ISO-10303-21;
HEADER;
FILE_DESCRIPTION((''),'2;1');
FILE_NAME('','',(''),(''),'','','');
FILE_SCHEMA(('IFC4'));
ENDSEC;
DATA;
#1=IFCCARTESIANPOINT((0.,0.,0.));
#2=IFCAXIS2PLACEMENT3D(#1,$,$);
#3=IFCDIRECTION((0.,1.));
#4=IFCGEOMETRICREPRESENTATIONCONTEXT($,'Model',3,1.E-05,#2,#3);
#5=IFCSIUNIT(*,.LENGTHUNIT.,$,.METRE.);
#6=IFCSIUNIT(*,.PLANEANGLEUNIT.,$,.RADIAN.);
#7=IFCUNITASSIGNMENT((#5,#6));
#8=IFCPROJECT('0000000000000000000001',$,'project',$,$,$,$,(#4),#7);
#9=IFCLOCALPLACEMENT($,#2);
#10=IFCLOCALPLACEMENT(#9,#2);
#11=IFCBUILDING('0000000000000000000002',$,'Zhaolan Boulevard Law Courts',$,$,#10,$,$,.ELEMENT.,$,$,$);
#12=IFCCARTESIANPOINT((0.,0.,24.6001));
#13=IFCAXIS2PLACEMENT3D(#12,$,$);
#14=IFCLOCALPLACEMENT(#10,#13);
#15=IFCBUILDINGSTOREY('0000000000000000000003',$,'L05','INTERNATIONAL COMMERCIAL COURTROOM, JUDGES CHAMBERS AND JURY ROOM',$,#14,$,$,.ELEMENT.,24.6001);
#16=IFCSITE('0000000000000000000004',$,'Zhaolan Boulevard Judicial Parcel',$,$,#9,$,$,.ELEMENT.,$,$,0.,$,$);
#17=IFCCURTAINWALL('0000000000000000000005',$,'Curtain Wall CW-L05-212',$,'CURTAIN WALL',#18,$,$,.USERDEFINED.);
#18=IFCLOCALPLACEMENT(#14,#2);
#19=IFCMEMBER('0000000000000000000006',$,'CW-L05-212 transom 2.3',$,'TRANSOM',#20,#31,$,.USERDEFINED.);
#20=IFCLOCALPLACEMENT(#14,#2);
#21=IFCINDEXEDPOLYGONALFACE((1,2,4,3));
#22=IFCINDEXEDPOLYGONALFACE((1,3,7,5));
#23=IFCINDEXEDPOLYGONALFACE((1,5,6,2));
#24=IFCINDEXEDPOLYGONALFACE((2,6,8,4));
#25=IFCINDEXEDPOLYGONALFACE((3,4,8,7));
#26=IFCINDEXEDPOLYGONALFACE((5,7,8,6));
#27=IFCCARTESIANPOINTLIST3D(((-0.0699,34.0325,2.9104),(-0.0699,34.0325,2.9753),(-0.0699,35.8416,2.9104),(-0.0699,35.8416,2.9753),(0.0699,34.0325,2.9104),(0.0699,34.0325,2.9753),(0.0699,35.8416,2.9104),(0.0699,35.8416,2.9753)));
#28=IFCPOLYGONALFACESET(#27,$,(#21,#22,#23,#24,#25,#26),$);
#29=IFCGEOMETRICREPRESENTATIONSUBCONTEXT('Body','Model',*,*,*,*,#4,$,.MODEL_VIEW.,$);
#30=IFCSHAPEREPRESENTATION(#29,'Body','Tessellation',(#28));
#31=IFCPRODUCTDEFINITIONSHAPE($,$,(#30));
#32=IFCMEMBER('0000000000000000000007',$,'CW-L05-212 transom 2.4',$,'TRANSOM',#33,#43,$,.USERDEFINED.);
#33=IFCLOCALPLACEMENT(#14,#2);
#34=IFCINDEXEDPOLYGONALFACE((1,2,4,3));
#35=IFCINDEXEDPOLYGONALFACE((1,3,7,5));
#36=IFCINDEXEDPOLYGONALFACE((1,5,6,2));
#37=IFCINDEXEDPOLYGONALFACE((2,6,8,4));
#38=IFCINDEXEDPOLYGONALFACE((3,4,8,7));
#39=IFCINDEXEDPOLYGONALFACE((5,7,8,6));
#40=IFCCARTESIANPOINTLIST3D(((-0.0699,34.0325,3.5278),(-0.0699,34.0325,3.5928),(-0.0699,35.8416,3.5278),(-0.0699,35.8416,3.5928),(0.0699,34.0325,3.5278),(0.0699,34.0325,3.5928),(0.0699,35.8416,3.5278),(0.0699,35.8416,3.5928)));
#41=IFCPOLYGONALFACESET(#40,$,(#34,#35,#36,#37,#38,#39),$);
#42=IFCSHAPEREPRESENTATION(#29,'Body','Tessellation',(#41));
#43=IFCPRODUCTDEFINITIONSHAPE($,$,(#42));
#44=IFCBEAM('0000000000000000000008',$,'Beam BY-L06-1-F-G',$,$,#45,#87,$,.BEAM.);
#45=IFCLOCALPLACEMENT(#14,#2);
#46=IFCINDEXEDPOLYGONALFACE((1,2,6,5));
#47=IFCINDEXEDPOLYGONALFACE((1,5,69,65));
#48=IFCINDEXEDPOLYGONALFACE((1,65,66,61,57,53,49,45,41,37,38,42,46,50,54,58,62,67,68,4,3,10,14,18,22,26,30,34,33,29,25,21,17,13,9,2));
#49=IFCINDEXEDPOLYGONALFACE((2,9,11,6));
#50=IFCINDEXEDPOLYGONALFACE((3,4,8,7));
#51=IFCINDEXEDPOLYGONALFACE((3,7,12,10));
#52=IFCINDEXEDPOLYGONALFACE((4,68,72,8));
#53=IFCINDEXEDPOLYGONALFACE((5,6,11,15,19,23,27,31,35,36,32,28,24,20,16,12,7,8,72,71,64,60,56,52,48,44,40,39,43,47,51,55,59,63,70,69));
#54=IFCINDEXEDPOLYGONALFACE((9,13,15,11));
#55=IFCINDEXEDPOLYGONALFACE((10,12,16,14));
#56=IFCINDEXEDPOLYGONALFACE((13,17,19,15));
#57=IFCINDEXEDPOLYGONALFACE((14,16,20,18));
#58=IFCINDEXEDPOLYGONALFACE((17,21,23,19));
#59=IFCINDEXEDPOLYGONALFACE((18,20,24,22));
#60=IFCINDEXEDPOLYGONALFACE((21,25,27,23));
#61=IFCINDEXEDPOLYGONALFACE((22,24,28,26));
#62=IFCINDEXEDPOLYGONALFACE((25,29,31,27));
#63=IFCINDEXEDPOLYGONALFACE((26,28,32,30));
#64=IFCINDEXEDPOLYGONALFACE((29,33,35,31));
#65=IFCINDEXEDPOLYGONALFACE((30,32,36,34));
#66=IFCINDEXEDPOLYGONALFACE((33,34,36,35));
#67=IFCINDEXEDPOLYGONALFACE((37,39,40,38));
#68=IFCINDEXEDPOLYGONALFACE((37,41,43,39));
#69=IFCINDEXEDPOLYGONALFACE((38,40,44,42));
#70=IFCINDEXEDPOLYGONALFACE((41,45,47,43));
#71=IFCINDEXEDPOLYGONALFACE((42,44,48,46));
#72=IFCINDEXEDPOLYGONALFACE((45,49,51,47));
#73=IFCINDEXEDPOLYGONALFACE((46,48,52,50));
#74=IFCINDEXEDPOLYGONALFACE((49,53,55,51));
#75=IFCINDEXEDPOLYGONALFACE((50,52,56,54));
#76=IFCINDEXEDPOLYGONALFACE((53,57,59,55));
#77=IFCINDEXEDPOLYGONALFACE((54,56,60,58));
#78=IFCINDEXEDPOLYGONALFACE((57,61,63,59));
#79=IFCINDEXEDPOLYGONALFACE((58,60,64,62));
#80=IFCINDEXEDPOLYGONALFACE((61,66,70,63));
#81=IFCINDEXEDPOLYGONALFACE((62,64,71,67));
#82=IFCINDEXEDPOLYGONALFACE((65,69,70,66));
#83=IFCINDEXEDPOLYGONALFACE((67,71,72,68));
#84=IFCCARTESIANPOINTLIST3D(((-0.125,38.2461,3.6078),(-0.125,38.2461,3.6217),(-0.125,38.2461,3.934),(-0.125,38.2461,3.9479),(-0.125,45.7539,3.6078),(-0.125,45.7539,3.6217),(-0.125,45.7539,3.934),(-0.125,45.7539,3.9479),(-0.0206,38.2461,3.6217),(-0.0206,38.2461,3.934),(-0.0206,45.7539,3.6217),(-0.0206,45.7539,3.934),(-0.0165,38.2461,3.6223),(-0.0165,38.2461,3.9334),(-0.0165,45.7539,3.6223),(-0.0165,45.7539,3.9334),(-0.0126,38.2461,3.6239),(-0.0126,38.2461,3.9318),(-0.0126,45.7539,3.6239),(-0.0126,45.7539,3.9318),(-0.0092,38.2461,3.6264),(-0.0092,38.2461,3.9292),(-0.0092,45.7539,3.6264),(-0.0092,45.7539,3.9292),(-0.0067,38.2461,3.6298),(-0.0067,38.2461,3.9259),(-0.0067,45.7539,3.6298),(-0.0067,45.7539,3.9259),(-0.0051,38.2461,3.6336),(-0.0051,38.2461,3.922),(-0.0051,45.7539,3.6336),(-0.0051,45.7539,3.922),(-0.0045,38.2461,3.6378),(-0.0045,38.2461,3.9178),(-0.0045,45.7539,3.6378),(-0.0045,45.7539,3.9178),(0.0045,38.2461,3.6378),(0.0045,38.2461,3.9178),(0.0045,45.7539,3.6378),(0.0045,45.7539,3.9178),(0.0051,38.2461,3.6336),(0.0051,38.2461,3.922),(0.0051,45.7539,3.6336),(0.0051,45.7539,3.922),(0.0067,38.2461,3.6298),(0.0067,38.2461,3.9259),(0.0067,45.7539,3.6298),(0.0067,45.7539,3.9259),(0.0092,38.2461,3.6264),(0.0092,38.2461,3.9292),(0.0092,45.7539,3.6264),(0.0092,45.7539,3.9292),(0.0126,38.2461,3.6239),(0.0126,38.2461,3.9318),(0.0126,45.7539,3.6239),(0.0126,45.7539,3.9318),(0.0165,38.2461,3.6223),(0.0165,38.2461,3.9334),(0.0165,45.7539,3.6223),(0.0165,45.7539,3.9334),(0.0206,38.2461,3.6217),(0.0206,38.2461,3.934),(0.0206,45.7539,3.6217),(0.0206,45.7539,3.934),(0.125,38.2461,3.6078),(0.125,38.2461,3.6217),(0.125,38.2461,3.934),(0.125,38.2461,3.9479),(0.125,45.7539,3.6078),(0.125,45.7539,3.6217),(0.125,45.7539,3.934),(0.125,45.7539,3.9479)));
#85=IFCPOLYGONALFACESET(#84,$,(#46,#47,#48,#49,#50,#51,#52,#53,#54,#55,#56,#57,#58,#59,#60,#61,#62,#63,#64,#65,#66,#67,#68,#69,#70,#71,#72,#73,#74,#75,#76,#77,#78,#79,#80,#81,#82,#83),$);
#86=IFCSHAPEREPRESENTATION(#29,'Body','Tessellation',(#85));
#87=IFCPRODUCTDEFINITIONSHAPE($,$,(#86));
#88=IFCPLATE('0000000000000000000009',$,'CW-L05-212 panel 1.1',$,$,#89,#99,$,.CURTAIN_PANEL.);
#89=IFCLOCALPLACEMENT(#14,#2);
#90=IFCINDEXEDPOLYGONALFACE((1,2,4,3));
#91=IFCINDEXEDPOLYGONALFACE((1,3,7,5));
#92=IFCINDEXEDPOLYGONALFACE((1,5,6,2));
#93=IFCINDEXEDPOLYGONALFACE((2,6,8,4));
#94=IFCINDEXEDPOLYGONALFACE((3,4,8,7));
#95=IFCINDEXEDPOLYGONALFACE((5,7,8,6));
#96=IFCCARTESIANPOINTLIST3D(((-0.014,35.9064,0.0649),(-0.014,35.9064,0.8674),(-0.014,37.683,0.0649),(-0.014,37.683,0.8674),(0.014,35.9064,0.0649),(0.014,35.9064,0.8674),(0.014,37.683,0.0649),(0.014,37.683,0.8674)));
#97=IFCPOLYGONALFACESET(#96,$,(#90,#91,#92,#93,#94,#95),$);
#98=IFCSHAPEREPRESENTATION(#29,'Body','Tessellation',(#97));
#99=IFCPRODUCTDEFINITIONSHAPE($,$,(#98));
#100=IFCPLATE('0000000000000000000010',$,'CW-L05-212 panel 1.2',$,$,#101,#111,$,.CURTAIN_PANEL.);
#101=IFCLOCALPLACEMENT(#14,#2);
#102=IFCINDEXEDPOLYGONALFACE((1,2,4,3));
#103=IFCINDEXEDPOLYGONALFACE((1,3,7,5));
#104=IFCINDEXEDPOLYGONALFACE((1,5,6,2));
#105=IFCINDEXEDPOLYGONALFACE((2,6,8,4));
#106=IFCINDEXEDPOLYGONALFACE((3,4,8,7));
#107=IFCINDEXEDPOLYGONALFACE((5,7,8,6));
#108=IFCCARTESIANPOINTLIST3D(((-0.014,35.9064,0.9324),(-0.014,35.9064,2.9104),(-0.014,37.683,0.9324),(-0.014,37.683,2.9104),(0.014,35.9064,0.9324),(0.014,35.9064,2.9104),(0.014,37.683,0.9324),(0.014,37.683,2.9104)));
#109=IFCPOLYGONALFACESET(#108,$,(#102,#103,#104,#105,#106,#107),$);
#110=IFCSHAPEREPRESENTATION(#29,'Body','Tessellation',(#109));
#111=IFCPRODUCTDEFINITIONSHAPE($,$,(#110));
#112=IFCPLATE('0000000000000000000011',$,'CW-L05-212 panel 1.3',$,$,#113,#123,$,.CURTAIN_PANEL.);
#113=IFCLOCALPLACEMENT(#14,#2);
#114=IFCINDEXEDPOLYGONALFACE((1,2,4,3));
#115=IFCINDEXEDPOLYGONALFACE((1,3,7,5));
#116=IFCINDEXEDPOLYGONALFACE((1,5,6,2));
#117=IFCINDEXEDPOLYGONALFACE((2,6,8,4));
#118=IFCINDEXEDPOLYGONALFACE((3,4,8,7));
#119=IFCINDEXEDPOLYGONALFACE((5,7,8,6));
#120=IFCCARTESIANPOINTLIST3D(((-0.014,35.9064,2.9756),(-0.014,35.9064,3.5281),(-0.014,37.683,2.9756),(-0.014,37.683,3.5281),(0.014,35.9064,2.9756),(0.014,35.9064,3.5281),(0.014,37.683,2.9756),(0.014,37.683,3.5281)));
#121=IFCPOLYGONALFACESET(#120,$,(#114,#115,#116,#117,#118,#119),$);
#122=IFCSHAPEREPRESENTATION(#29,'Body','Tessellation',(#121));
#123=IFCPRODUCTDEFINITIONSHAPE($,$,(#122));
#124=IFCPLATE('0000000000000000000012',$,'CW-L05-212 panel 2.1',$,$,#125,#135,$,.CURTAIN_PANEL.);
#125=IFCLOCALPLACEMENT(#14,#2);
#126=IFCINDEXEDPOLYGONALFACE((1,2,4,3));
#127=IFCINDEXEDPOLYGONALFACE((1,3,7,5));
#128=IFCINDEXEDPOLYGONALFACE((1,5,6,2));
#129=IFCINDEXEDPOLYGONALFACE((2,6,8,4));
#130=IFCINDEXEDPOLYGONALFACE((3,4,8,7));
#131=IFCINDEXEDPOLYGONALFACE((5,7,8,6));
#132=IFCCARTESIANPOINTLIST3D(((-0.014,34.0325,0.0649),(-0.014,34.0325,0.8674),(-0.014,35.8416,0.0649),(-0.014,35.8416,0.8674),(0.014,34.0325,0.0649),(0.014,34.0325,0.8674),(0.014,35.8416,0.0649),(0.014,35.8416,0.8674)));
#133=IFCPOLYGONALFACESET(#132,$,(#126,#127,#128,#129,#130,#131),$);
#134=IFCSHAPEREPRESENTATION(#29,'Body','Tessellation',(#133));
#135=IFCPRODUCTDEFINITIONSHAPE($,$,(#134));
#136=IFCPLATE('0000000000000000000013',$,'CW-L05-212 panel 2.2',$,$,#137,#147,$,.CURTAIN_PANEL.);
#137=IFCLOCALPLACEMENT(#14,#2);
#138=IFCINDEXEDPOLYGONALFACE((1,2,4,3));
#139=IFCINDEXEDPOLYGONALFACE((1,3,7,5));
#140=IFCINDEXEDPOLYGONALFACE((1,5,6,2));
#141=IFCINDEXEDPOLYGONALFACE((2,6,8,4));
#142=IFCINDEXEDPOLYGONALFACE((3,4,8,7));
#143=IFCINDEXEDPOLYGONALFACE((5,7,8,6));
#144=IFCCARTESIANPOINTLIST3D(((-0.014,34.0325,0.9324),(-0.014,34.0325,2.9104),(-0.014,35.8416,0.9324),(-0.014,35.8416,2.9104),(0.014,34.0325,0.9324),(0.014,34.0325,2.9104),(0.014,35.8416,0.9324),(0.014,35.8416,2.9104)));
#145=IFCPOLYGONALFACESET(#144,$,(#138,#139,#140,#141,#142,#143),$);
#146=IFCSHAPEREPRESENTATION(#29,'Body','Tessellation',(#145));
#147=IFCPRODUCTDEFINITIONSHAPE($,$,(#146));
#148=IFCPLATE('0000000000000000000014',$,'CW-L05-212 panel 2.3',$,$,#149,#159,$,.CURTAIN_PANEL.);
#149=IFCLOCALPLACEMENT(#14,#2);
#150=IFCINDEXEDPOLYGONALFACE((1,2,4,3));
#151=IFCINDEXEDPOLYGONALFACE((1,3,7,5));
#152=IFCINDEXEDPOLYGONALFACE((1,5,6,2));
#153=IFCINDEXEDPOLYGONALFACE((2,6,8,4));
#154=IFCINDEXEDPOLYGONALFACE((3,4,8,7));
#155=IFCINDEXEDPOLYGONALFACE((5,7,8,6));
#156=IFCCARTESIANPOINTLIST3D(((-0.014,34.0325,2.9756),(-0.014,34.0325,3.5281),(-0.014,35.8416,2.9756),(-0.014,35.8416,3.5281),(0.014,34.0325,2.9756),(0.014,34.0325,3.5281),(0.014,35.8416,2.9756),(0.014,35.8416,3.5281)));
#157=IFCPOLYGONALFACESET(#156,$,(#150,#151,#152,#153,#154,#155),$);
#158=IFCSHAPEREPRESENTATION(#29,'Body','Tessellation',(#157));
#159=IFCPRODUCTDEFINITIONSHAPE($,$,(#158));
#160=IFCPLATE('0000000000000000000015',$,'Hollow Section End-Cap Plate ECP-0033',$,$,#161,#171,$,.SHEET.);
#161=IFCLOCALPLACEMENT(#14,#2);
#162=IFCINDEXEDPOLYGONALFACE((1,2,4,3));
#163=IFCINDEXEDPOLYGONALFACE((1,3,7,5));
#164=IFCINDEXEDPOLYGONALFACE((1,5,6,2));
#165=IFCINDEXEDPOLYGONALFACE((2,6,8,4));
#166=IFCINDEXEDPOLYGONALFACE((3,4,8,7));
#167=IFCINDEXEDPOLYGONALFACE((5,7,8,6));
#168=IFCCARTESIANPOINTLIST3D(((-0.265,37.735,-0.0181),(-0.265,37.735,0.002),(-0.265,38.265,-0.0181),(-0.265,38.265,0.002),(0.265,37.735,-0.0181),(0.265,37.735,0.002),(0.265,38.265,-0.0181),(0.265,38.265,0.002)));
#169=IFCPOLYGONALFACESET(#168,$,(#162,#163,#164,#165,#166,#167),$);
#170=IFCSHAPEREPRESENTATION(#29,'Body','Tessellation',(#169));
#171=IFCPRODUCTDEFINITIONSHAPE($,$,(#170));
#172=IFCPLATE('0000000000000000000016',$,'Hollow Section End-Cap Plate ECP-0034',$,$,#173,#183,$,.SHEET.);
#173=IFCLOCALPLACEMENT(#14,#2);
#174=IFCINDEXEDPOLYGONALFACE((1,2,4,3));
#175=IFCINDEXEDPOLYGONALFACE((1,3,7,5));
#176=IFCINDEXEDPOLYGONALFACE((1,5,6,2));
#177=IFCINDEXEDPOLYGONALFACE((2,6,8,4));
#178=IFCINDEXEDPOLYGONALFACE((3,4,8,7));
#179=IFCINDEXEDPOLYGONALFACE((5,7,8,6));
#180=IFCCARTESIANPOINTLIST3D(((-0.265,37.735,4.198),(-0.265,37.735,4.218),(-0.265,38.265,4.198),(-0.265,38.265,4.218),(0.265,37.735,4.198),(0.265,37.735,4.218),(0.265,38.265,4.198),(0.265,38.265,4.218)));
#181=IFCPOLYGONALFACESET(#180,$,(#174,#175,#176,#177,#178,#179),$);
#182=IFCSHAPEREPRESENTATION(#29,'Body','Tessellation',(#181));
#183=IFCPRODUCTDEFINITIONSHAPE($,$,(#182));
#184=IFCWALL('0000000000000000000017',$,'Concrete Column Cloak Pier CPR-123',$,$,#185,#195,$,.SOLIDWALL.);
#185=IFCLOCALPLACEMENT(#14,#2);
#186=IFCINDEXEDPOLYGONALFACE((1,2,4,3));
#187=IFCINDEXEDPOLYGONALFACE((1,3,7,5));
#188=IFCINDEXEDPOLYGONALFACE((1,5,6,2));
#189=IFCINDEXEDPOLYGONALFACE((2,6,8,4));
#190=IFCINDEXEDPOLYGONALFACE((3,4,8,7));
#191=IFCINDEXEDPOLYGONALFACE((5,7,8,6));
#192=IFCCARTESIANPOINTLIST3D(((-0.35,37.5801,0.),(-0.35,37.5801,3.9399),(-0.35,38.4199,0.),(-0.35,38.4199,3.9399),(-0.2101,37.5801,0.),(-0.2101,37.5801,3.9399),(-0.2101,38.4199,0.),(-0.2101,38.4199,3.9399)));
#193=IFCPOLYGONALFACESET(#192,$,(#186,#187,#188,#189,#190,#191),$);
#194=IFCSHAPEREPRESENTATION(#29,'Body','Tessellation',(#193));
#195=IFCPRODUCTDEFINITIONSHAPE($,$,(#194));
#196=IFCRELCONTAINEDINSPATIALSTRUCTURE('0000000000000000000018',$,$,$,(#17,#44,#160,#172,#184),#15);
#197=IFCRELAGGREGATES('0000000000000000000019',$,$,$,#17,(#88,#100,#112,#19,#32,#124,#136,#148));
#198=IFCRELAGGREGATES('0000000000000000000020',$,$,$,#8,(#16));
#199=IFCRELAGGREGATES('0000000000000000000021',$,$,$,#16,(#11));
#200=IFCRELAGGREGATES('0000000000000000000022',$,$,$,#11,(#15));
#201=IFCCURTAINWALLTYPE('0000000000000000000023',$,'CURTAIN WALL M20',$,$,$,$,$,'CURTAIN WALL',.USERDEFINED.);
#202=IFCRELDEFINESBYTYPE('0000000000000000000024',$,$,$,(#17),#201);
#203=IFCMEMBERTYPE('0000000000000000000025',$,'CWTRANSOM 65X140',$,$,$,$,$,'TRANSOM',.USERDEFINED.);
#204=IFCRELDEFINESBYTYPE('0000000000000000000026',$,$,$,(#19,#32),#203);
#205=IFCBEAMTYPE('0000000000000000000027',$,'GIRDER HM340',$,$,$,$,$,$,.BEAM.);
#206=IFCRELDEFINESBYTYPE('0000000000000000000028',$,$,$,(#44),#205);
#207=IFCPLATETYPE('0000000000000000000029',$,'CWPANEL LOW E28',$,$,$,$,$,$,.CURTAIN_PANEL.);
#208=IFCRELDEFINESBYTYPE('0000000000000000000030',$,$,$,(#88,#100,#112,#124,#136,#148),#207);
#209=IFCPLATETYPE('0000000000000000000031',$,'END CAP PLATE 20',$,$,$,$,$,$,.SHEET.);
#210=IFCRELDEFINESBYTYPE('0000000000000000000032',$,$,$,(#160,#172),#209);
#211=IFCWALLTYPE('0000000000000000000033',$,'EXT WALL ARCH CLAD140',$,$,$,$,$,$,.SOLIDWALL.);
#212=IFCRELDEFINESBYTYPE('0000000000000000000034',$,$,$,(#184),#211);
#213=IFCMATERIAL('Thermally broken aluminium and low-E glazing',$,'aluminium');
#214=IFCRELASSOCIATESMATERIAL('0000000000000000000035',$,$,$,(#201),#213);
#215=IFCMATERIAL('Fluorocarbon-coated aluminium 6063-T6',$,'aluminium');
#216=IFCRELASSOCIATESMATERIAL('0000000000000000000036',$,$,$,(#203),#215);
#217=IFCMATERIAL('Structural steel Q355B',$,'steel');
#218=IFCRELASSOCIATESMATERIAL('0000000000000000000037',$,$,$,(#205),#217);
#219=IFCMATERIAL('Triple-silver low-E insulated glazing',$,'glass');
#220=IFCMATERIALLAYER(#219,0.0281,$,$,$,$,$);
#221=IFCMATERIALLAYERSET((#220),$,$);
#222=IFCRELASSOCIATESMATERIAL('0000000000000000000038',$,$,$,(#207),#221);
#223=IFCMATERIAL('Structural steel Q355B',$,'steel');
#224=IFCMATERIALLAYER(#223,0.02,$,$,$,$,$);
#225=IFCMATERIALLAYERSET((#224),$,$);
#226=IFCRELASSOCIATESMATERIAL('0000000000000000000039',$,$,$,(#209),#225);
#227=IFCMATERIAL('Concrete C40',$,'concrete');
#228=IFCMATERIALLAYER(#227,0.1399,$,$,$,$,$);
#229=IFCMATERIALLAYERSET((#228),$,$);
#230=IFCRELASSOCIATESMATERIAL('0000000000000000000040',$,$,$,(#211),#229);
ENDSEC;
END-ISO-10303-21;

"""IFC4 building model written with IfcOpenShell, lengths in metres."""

from ifc_helpers import new_model, si_unit, direction, frame, frame_2d, origin, origin_2d, place, context, subcontext, project, spatial, rectangle, i_section, extrude, material, layer, layer_set, material_profile, profile_set, type_object, element, aggregate, save


model = new_model("IFC4")

# Units and contexts
model_context = context("Model", 3, precision=1e-05, world=origin(), true_north=direction((0.0, 1.0)))
body_context = subcontext(model_context, "Body", "Model", "MODEL_VIEW")
ifc_project = project(units=[si_unit("LENGTHUNIT", "METRE"), si_unit("PLANEANGLEUNIT", "RADIAN")], contexts=[model_context])

# Site, building, storey
site_placement = place(None, origin())
site = spatial("IfcSite", under=ifc_project, at=site_placement, Name="Zhaolan Boulevard Judicial Parcel", CompositionType="ELEMENT", RefElevation=0.0)
building_placement = place(site_placement, origin())
building = spatial("IfcBuilding", under=site, at=building_placement, Name="Zhaolan Boulevard Law Courts", CompositionType="ELEMENT")
storey_placement = place(building_placement, frame((0.0, 0.0, 24.6001)))
storey = spatial("IfcBuildingStorey", under=building, at=storey_placement, Name="L05", Description="INTERNATIONAL COMMERCIAL COURTROOM, JUDGES CHAMBERS AND JURY ROOM", CompositionType="ELEMENT", Elevation=24.6001)

# Curtain wall, members
ifc_material_1 = material(Name="Thermally broken aluminium and low-E glazing", Category="aluminium")
curtain_wall_type = type_object("IfcCurtainWallType", Name="CURTAIN WALL M20", ElementType="CURTAIN WALL", PredefinedType="USERDEFINED", material=ifc_material_1)
curtain_wall_placement = place(storey_placement, origin())
curtain_wall = element("IfcCurtainWall", 1, at=curtain_wall_placement, inside=storey, type_object=curtain_wall_type, Name="Curtain Wall CW-L05-212", ObjectType="CURTAIN WALL", PredefinedType="USERDEFINED")
ifc_material_2 = material(Name="Fluorocarbon-coated aluminium 6063-T6", Category="aluminium")
ifc_material_profile_1 = material_profile(ifc_material_2, rectangle(XDim=0.1399, YDim=0.0649, at=origin_2d()), Name="AL65x140")
ifc_profile_set_1 = profile_set([ifc_material_profile_1], Name="Fluorocarbon-coated aluminium 6063-T6")
member_type_1 = type_object("IfcMemberType", Name="CWTRANSOM 65X140", ElementType="TRANSOM", PredefinedType="USERDEFINED", material=ifc_profile_set_1)
member_1_placement = place(storey_placement, frame((0.0, 35.8416, 2.9429), z_axis=(0.0, -1.0, 0.0), x_axis=(1.0, 0.0, 0.0)))
member_1 = element("IfcMember", 2, at=member_1_placement, type_object=member_type_1, Name="CW-L05-212 transom 2.3", ObjectType="TRANSOM", PredefinedType="USERDEFINED", context=body_context, shape_type="SweptSolid", body=[
    extrude(rectangle(XDim=0.1399, YDim=0.0649, at=origin_2d()), origin(), (0.0, 0.0, 1.0), 1.8091),
])
member_2_placement = place(storey_placement, frame((0.0, 35.8416, 3.5603), z_axis=(0.0, -1.0, 0.0), x_axis=(1.0, 0.0, 0.0)))
member_2 = element("IfcMember", 3, at=member_2_placement, type_object=member_type_1, Name="CW-L05-212 transom 2.4", ObjectType="TRANSOM", PredefinedType="USERDEFINED", context=body_context, shape_type="SweptSolid", body=[
    extrude(rectangle(XDim=0.1399, YDim=0.0649, at=origin_2d()), origin(), (0.0, 0.0, 1.0), 1.8091),
])

# Beam
ifc_material_3 = material(Name="Structural steel Q355B", Category="steel")
ifc_material_profile_2 = material_profile(ifc_material_3, i_section(OverallWidth=0.25, OverallDepth=0.3401, WebThickness=0.009, FlangeThickness=0.0139, FilletRadius=0.0161, at=origin_2d()), Name="HM340x250")
ifc_profile_set_2 = profile_set([ifc_material_profile_2], Name="Structural steel Q355B")
beam_type = type_object("IfcBeamType", Name="GIRDER HM340", PredefinedType="BEAM", material=ifc_profile_set_2)
beam_placement = place(storey_placement, frame((0.0, 38.2461, 3.7778), z_axis=(0.0, 1.0, 0.0), x_axis=(-1.0, 0.0, 0.0)))
element("IfcBeam", 4, at=beam_placement, inside=storey, type_object=beam_type, Name="Beam BY-L06-1-F-G", PredefinedType="BEAM", context=body_context, shape_type="SweptSolid", body=[
    extrude(i_section(OverallWidth=0.25, OverallDepth=0.3401, WebThickness=0.009, FlangeThickness=0.0139, FilletRadius=0.0161, at=origin_2d()), origin(), (0.0, 0.0, 1.0), 7.5078),
])

# Plates
ifc_material_4 = material(Name="Triple-silver low-E insulated glazing", Category="glass")
ifc_layer_1 = layer(ifc_material_4, 0.0281)
ifc_layer_set_1 = layer_set([ifc_layer_1])
plate_type_1 = type_object("IfcPlateType", Name="CWPANEL LOW E28", PredefinedType="CURTAIN_PANEL", material=ifc_layer_set_1)
plate_1_placement = place(storey_placement, frame((0.0, 36.7947, 0.0649), z_axis=(0.0, 0.0, 1.0), x_axis=(0.0, -1.0, 0.0)))
plate_1 = element("IfcPlate", 5, at=plate_1_placement, type_object=plate_type_1, Name="CW-L05-212 panel 1.1", PredefinedType="CURTAIN_PANEL", context=body_context, shape_type="SweptSolid", body=[
    extrude(rectangle(XDim=1.7766, YDim=0.0281, at=origin_2d()), origin(), (0.0, 0.0, 1.0), 0.8025),
])
plate_2_placement = place(storey_placement, frame((0.0, 36.7947, 0.9324), z_axis=(0.0, 0.0, 1.0), x_axis=(0.0, -1.0, 0.0)))
plate_2 = element("IfcPlate", 6, at=plate_2_placement, type_object=plate_type_1, Name="CW-L05-212 panel 1.2", PredefinedType="CURTAIN_PANEL", context=body_context, shape_type="SweptSolid", body=[
    extrude(rectangle(XDim=1.7766, YDim=0.0281, at=origin_2d()), origin(), (0.0, 0.0, 1.0), 1.978),
])
plate_3_placement = place(storey_placement, frame((0.0, 36.7947, 2.9756), z_axis=(0.0, 0.0, 1.0), x_axis=(0.0, -1.0, 0.0)))
plate_3 = element("IfcPlate", 7, at=plate_3_placement, type_object=plate_type_1, Name="CW-L05-212 panel 1.3", PredefinedType="CURTAIN_PANEL", context=body_context, shape_type="SweptSolid", body=[
    extrude(rectangle(XDim=1.7766, YDim=0.0281, at=origin_2d()), origin(), (0.0, 0.0, 1.0), 0.5525),
])
plate_4_placement = place(storey_placement, frame((0.0, 34.937, 0.0649), z_axis=(0.0, 0.0, 1.0), x_axis=(0.0, -1.0, 0.0)))
plate_4 = element("IfcPlate", 8, at=plate_4_placement, type_object=plate_type_1, Name="CW-L05-212 panel 2.1", PredefinedType="CURTAIN_PANEL", context=body_context, shape_type="SweptSolid", body=[
    extrude(rectangle(XDim=1.8091, YDim=0.0281, at=origin_2d()), origin(), (0.0, 0.0, 1.0), 0.8025),
])
plate_5_placement = place(storey_placement, frame((0.0, 34.937, 0.9324), z_axis=(0.0, 0.0, 1.0), x_axis=(0.0, -1.0, 0.0)))
plate_5 = element("IfcPlate", 9, at=plate_5_placement, type_object=plate_type_1, Name="CW-L05-212 panel 2.2", PredefinedType="CURTAIN_PANEL", context=body_context, shape_type="SweptSolid", body=[
    extrude(rectangle(XDim=1.8091, YDim=0.0281, at=origin_2d()), origin(), (0.0, 0.0, 1.0), 1.978),
])
plate_6_placement = place(storey_placement, frame((0.0, 34.937, 2.9756), z_axis=(0.0, 0.0, 1.0), x_axis=(0.0, -1.0, 0.0)))
plate_6 = element("IfcPlate", 10, at=plate_6_placement, type_object=plate_type_1, Name="CW-L05-212 panel 2.3", PredefinedType="CURTAIN_PANEL", context=body_context, shape_type="SweptSolid", body=[
    extrude(rectangle(XDim=1.8091, YDim=0.0281, at=origin_2d()), origin(), (0.0, 0.0, 1.0), 0.5525),
])
aggregate(curtain_wall, [plate_1, plate_2, plate_3, member_1, member_2, plate_4, plate_5, plate_6])

# Plates
ifc_material_5 = material(Name="Structural steel Q355B", Category="steel")
ifc_layer_2 = layer(ifc_material_5, 0.02)
ifc_layer_set_2 = layer_set([ifc_layer_2])
plate_type_2 = type_object("IfcPlateType", Name="END CAP PLATE 20", PredefinedType="SHEET", material=ifc_layer_set_2)
for number, where, z_axis, x_axis, name in (
    (11, (0.0, 38.0, -0.0181), (0.0, 0.0, 1.0), (1.0, 0.0, 0.0), "Hollow Section End-Cap Plate ECP-0033"),
    (12, (0.0, 38.0, 4.198), (0.0, 0.0, 1.0), (1.0, 0.0, 0.0), "Hollow Section End-Cap Plate ECP-0034"),
):
    element("IfcPlate", number, at=place(storey_placement, frame(where, z_axis=z_axis, x_axis=x_axis)), inside=storey, type_object=plate_type_2, Name=name, PredefinedType="SHEET", context=body_context, shape_type="SweptSolid", body=[
        extrude(rectangle(XDim=0.53, YDim=0.53, at=origin_2d()), origin(), (0.0, 0.0, 1.0), 0.02),
    ])

# Wall
ifc_material_6 = material(Name="Concrete C40", Category="concrete")
ifc_layer_3 = layer(ifc_material_6, 0.1399)
ifc_layer_set_3 = layer_set([ifc_layer_3])
wall_type = type_object("IfcWallType", Name="EXT WALL ARCH CLAD140", PredefinedType="SOLIDWALL", material=ifc_layer_set_3)
wall_placement = place(storey_placement, frame((-0.28, 37.5801, 0.0), z_axis=(0.0, 0.0, 1.0), x_axis=(0.0, 1.0, 0.0)))
element("IfcWall", 13, at=wall_placement, inside=storey, type_object=wall_type, Name="Concrete Column Cloak Pier CPR-123", PredefinedType="SOLIDWALL", context=body_context, shape_type="SweptSolid", body=[
    extrude(rectangle(XDim=0.8398, YDim=0.1399, at=frame_2d((0.4199, 0.0))), origin(), (0.0, 0.0, 1.0), 3.9399),
])

save(model, "model.ifc")
